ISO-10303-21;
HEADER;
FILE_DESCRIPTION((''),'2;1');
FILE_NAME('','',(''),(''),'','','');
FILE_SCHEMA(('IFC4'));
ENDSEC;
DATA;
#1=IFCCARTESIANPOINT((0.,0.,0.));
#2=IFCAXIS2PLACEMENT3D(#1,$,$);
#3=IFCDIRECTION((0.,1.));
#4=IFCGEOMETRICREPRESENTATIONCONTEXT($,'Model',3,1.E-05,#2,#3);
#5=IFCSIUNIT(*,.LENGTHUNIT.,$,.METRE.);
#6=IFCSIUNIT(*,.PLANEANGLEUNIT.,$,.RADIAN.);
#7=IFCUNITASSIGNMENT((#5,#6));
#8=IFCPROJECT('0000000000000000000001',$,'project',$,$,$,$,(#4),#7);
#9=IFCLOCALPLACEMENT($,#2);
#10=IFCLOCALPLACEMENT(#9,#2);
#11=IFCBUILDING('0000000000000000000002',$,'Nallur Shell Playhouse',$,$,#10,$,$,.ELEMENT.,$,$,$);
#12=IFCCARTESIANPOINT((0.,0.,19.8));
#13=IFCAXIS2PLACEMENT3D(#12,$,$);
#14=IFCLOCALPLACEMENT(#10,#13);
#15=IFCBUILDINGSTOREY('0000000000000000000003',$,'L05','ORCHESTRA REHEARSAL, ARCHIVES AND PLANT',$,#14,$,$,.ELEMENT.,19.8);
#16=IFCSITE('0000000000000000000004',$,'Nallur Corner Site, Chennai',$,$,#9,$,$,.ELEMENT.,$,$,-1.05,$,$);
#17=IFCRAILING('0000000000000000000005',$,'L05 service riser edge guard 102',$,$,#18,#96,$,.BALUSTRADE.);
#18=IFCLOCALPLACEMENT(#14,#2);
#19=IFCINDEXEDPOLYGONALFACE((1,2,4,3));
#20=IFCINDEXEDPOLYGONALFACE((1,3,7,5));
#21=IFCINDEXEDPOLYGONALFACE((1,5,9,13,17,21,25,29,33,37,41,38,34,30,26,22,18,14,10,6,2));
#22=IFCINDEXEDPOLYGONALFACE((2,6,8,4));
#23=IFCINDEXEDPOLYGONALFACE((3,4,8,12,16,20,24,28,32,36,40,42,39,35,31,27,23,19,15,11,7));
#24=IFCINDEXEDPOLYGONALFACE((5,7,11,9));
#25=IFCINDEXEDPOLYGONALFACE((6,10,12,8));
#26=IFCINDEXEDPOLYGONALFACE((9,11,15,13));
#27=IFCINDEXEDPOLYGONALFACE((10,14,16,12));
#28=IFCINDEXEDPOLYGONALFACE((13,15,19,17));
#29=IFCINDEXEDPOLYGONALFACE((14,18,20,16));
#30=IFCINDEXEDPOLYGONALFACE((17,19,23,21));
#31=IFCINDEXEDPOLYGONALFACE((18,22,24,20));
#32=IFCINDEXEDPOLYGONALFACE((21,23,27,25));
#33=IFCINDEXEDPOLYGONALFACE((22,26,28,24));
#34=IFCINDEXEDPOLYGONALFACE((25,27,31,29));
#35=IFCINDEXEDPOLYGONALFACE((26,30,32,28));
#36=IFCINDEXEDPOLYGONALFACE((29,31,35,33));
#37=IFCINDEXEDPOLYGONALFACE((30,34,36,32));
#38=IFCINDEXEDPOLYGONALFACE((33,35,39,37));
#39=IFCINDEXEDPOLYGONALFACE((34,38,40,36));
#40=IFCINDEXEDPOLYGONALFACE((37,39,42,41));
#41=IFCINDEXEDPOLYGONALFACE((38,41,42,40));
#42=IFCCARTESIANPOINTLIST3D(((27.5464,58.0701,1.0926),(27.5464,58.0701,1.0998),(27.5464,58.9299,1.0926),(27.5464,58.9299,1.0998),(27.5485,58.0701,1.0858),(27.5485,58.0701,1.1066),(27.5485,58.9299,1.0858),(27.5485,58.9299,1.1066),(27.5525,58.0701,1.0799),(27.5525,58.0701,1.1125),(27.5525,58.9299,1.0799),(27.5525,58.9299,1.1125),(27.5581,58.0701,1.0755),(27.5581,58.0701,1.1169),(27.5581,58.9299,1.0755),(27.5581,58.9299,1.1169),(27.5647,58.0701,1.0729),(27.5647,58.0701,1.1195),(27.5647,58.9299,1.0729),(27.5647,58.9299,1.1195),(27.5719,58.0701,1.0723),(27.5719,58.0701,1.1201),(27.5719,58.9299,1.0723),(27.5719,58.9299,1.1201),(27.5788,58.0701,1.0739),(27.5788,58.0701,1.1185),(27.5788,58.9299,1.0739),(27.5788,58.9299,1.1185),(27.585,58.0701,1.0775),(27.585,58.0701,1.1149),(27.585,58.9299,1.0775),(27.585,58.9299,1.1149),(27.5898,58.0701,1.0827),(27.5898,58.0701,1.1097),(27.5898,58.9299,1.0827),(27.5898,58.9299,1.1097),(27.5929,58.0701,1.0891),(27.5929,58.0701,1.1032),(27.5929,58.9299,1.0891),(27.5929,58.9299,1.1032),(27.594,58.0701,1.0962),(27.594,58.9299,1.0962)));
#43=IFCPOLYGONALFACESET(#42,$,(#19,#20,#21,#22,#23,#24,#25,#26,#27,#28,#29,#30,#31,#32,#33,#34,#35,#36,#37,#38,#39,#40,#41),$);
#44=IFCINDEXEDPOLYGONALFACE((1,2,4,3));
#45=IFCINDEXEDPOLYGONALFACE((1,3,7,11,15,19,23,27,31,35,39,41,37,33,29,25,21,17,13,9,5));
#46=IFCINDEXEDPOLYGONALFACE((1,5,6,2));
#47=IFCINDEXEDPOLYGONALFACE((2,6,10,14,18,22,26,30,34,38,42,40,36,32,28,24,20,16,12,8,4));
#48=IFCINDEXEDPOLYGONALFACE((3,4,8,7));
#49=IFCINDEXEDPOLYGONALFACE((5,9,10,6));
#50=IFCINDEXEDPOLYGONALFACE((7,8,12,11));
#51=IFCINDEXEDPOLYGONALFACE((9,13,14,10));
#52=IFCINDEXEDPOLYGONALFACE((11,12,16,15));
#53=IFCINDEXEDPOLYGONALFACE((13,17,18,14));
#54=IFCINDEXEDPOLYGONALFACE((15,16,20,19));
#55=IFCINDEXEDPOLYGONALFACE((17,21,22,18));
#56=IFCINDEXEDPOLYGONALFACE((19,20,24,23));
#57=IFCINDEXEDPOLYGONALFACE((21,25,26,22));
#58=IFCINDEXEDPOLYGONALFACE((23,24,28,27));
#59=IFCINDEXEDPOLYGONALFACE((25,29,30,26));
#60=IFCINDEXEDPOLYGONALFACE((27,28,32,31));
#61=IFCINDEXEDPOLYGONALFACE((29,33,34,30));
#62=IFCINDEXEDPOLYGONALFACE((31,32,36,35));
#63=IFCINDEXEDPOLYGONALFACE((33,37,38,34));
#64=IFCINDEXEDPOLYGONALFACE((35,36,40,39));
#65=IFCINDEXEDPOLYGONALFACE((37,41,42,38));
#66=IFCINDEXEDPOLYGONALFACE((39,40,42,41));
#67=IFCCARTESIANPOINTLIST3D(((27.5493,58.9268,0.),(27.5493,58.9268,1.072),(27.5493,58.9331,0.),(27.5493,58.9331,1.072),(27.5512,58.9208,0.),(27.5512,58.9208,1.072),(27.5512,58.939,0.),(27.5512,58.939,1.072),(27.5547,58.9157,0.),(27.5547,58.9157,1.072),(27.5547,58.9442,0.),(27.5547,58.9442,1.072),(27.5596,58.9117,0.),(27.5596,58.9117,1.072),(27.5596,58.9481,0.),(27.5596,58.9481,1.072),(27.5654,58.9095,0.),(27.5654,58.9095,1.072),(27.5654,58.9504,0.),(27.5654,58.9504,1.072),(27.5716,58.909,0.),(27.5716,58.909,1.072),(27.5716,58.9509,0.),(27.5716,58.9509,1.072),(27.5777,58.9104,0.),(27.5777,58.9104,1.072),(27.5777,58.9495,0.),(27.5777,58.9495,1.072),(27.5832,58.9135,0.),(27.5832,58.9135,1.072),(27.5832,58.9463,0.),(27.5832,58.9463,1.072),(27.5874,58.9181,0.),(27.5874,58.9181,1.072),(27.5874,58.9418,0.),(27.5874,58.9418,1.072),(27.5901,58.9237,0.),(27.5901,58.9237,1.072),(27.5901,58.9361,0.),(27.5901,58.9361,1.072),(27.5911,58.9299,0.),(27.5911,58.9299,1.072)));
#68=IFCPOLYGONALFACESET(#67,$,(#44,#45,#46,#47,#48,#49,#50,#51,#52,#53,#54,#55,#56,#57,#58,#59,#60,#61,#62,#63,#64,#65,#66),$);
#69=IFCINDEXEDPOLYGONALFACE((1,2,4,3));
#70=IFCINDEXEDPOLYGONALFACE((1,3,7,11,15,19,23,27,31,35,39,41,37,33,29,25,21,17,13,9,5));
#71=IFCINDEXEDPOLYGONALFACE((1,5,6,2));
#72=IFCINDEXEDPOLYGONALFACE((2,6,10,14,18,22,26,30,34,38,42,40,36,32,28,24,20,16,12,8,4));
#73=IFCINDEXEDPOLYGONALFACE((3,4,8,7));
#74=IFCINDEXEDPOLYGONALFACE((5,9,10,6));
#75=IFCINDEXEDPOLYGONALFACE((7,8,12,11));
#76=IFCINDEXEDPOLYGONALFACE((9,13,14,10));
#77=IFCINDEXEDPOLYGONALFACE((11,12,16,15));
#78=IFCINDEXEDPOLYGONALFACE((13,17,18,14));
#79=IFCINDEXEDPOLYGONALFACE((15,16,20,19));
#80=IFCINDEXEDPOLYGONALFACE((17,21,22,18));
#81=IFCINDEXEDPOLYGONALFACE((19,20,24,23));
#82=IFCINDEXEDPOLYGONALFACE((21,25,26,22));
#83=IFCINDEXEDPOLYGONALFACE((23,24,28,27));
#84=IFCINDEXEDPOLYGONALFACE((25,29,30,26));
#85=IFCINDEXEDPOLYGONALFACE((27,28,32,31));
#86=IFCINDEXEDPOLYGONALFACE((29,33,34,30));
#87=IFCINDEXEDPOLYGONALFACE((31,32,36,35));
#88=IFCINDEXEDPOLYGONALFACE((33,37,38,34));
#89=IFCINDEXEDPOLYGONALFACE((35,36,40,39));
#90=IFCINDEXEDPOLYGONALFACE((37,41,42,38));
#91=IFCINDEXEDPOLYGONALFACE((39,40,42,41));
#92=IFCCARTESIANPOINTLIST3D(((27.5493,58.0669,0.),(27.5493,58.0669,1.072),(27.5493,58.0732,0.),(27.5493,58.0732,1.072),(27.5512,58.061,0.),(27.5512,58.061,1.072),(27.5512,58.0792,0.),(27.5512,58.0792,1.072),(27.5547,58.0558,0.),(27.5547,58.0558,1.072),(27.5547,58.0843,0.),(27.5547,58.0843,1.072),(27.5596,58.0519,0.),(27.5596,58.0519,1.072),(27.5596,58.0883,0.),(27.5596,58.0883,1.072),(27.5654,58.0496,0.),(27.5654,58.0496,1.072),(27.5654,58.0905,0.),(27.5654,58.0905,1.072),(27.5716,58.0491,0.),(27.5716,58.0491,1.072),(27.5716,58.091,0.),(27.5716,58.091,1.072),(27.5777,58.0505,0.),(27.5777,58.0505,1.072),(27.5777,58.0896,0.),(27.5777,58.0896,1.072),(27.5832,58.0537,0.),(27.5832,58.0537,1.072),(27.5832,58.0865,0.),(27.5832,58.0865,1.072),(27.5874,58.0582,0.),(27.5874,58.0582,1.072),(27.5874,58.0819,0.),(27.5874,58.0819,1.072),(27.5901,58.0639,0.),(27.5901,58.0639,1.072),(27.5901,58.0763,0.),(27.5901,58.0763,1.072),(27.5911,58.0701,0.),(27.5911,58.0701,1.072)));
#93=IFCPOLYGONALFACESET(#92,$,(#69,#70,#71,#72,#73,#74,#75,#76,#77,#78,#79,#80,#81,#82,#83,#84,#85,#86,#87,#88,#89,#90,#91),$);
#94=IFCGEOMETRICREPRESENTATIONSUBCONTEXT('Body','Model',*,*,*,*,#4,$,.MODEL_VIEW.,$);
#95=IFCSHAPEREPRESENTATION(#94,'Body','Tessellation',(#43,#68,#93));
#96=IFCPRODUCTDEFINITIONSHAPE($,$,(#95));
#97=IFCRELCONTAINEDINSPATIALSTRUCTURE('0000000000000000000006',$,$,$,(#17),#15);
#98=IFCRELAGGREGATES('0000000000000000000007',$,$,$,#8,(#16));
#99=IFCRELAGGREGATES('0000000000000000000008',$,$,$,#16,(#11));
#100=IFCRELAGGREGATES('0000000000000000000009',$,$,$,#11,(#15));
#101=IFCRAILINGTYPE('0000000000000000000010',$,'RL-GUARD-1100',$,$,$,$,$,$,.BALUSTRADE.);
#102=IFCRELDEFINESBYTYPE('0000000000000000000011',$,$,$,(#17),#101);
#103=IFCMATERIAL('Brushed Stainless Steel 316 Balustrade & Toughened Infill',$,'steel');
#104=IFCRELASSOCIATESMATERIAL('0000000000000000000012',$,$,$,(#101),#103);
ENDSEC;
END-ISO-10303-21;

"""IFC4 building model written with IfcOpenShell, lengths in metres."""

from ifc_helpers import new_model, si_unit, direction, frame, origin, origin_2d, place, context, subcontext, project, spatial, circle, extrude, material, type_object, element, save


model = new_model("IFC4")

# Units and contexts
model_context = context("Model", 3, precision=1e-05, world=origin(), true_north=direction((0.0, 1.0)))
body_context = subcontext(model_context, "Body", "Model", "MODEL_VIEW")
ifc_project = project(units=[si_unit("LENGTHUNIT", "METRE"), si_unit("PLANEANGLEUNIT", "RADIAN")], contexts=[model_context])

# Site, building, storey
site_placement = place(None, origin())
site = spatial("IfcSite", under=ifc_project, at=site_placement, Name="Nallur Corner Site, Chennai", CompositionType="ELEMENT", RefElevation=-1.05)
building_placement = place(site_placement, origin())
building = spatial("IfcBuilding", under=site, at=building_placement, Name="Nallur Shell Playhouse", CompositionType="ELEMENT")
storey_placement = place(building_placement, frame((0.0, 0.0, 19.8)))
storey = spatial("IfcBuildingStorey", under=building, at=storey_placement, Name="L05", Description="ORCHESTRA REHEARSAL, ARCHIVES AND PLANT", CompositionType="ELEMENT", Elevation=19.8)

# Railing
ifc_material_1 = material(Name="Brushed Stainless Steel 316 Balustrade & Toughened Infill", Category="steel")
railing_type = type_object("IfcRailingType", Name="RL-GUARD-1100", PredefinedType="BALUSTRADE", material=ifc_material_1)
railing_1_placement = place(storey_placement, frame((27.5701, 58.9299, 0.0)))
element("IfcRailing", 1, at=railing_1_placement, inside=storey, type_object=railing_type, Name="L05 service riser edge guard 102", PredefinedType="BALUSTRADE", context=body_context, shape_type="SweptSolid", body=[
    extrude(circle(Radius=0.0239, at=origin_2d()), frame((0.0, 0.0, 1.0962), z_axis=(0.0, -1.0, 0.0), x_axis=(1.0, 0.0, 0.0)), (0.0, 0.0, 1.0), 0.8599),
    extrude(circle(Radius=0.021, at=origin_2d()), origin(), (0.0, 0.0, 1.0), 1.072),
    extrude(circle(Radius=0.021, at=origin_2d()), frame((0.0, -0.8599, 0.0)), (0.0, 0.0, 1.0), 1.072),
])

save(model, "model.ifc")
